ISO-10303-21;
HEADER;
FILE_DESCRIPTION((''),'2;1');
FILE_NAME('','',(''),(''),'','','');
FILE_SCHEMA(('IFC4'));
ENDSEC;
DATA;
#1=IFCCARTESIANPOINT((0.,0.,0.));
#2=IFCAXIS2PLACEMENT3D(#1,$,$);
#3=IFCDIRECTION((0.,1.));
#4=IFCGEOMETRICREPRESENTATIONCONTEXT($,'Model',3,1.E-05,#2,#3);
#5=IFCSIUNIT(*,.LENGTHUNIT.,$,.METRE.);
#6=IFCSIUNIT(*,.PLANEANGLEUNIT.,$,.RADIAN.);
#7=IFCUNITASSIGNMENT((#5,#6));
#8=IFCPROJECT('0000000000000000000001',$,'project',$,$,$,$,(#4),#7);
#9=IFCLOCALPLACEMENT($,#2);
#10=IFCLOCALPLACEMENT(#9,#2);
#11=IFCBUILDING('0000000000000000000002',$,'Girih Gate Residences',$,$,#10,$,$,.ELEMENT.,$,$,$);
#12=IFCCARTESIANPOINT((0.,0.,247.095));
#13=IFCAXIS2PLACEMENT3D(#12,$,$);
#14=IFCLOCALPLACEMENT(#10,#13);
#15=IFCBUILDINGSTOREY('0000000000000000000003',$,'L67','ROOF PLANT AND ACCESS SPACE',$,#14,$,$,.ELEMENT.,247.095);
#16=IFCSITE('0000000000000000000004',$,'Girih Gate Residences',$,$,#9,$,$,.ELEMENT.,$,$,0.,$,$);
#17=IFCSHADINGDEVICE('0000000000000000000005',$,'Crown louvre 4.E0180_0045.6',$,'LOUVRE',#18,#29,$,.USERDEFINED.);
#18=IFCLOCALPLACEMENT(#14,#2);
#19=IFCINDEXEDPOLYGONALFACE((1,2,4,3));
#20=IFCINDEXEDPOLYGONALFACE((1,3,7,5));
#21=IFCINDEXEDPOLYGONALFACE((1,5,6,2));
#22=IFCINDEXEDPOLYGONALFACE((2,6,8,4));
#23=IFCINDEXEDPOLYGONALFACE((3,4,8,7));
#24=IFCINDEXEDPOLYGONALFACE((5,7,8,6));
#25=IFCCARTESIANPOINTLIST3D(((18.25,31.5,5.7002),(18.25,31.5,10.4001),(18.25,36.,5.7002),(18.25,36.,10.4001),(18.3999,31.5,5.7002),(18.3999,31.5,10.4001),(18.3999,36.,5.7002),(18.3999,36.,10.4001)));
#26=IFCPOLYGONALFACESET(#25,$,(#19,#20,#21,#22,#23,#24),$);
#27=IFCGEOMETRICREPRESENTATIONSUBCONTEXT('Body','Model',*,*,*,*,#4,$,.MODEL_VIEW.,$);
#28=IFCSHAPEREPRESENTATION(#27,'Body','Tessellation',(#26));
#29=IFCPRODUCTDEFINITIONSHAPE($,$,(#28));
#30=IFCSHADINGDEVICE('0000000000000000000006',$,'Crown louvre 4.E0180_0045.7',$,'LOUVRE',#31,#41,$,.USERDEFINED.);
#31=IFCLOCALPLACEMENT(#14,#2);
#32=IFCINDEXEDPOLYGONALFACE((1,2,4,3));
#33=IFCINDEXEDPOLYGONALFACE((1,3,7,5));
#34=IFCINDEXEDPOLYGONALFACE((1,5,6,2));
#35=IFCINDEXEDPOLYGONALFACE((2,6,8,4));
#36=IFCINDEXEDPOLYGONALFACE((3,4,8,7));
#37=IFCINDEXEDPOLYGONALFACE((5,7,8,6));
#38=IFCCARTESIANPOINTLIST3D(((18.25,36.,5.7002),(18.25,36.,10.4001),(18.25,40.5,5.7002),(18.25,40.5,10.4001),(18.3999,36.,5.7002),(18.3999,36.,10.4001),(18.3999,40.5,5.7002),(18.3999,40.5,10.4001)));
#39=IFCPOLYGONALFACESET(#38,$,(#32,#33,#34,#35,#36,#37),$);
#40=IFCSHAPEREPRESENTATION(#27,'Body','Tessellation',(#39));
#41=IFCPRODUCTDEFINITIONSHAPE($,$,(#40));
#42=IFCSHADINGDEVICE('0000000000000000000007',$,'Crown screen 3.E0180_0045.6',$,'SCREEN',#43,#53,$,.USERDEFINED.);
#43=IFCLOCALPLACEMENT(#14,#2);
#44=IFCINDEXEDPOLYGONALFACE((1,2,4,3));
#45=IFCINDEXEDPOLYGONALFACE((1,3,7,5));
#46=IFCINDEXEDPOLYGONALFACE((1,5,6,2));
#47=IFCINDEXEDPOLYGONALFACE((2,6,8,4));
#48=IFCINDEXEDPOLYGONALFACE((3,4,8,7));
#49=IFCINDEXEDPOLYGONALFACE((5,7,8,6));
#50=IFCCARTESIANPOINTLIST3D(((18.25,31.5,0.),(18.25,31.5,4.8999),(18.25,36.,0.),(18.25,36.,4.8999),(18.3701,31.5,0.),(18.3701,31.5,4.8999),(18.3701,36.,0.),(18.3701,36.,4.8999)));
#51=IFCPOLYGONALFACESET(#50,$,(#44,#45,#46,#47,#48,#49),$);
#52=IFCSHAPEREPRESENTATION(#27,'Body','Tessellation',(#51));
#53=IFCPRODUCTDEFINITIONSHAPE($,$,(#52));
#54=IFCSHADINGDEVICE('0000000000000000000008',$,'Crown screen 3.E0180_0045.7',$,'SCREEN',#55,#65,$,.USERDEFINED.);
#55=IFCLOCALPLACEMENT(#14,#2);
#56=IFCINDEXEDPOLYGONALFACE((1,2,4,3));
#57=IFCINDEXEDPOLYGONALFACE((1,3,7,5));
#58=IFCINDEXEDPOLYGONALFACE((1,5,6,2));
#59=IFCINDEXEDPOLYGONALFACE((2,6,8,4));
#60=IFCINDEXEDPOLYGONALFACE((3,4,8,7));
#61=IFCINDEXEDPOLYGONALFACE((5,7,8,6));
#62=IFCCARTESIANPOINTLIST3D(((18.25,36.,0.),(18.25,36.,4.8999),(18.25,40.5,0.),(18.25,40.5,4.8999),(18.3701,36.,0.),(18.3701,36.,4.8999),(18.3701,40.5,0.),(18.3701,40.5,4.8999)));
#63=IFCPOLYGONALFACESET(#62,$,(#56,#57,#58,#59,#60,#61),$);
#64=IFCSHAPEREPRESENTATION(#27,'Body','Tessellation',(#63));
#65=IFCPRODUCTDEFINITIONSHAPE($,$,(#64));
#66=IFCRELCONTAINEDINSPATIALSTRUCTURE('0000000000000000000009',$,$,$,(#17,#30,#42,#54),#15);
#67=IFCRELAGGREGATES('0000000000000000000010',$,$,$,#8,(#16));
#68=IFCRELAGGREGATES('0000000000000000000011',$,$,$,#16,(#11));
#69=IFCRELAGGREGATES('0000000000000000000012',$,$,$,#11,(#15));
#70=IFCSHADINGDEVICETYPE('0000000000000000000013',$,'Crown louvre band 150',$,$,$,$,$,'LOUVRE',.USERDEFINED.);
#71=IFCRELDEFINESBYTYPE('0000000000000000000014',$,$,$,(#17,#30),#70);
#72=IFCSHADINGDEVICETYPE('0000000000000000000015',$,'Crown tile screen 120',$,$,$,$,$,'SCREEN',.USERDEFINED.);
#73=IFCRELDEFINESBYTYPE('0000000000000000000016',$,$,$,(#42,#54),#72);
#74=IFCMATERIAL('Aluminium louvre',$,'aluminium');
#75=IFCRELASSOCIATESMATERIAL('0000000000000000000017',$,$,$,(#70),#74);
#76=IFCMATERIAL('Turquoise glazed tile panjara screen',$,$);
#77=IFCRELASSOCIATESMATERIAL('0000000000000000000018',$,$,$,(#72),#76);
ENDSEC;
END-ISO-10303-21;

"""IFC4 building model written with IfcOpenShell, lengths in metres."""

from ifc_helpers import new_model, si_unit, direction, frame, origin, origin_2d, place, context, subcontext, project, spatial, rectangle, extrude, material, type_object, element, save


model = new_model("IFC4")

# Units and contexts
model_context = context("Model", 3, precision=1e-05, world=origin(), true_north=direction((0.0, 1.0)))
body_context = subcontext(model_context, "Body", "Model", "MODEL_VIEW")
ifc_project = project(units=[si_unit("LENGTHUNIT", "METRE"), si_unit("PLANEANGLEUNIT", "RADIAN")], contexts=[model_context])

# Site, building, storey
site_placement = place(None, origin())
site = spatial("IfcSite", under=ifc_project, at=site_placement, Name="Girih Gate Residences", CompositionType="ELEMENT", RefElevation=0.0)
building_placement = place(site_placement, origin())
building = spatial("IfcBuilding", under=site, at=building_placement, Name="Girih Gate Residences", CompositionType="ELEMENT")
storey_placement = place(building_placement, frame((0.0, 0.0, 247.095)))
storey = spatial("IfcBuildingStorey", under=building, at=storey_placement, Name="L67", Description="ROOF PLANT AND ACCESS SPACE", CompositionType="ELEMENT", Elevation=247.095)

# Shading devices
ifc_material_1 = material(Name="Aluminium louvre", Category="aluminium")
shading_device_type_1 = type_object("IfcShadingDeviceType", Name="Crown louvre band 150", ElementType="LOUVRE", PredefinedType="USERDEFINED", material=ifc_material_1)
for number, where, z_axis, x_axis, name in (
    (1, (18.325, 33.75, 5.7002), (0.0, 0.0, 1.0), (0.0, 1.0, 0.0), "Crown louvre 4.E0180_0045.6"),
    (2, (18.325, 38.25, 5.7002), (0.0, 0.0, 1.0), (0.0, 1.0, 0.0), "Crown louvre 4.E0180_0045.7"),
):
    element("IfcShadingDevice", number, at=place(storey_placement, frame(where, z_axis=z_axis, x_axis=x_axis)), inside=storey, type_object=shading_device_type_1, Name=name, ObjectType="LOUVRE", PredefinedType="USERDEFINED", context=body_context, shape_type="SweptSolid", body=[
        extrude(rectangle(XDim=4.5, YDim=0.1499, at=origin_2d()), origin(), (0.0, 0.0, 1.0), 4.7),
    ])
ifc_material_2 = material(Name="Turquoise glazed tile panjara screen")
shading_device_type_2 = type_object("IfcShadingDeviceType", Name="Crown tile screen 120", ElementType="SCREEN", PredefinedType="USERDEFINED", material=ifc_material_2)
for number, where, z_axis, x_axis, name in (
    (3, (18.3101, 33.75, 0.0), (0.0, 0.0, 1.0), (0.0, 1.0, 0.0), "Crown screen 3.E0180_0045.6"),
    (4, (18.3101, 38.25, 0.0), (0.0, 0.0, 1.0), (0.0, 1.0, 0.0), "Crown screen 3.E0180_0045.7"),
):
    element("IfcShadingDevice", number, at=place(storey_placement, frame(where, z_axis=z_axis, x_axis=x_axis)), inside=storey, type_object=shading_device_type_2, Name=name, ObjectType="SCREEN", PredefinedType="USERDEFINED", context=body_context, shape_type="SweptSolid", body=[
        extrude(rectangle(XDim=4.5, YDim=0.1201, at=origin_2d()), origin(), (0.0, 0.0, 1.0), 4.8999),
    ])

save(model, "model.ifc")
